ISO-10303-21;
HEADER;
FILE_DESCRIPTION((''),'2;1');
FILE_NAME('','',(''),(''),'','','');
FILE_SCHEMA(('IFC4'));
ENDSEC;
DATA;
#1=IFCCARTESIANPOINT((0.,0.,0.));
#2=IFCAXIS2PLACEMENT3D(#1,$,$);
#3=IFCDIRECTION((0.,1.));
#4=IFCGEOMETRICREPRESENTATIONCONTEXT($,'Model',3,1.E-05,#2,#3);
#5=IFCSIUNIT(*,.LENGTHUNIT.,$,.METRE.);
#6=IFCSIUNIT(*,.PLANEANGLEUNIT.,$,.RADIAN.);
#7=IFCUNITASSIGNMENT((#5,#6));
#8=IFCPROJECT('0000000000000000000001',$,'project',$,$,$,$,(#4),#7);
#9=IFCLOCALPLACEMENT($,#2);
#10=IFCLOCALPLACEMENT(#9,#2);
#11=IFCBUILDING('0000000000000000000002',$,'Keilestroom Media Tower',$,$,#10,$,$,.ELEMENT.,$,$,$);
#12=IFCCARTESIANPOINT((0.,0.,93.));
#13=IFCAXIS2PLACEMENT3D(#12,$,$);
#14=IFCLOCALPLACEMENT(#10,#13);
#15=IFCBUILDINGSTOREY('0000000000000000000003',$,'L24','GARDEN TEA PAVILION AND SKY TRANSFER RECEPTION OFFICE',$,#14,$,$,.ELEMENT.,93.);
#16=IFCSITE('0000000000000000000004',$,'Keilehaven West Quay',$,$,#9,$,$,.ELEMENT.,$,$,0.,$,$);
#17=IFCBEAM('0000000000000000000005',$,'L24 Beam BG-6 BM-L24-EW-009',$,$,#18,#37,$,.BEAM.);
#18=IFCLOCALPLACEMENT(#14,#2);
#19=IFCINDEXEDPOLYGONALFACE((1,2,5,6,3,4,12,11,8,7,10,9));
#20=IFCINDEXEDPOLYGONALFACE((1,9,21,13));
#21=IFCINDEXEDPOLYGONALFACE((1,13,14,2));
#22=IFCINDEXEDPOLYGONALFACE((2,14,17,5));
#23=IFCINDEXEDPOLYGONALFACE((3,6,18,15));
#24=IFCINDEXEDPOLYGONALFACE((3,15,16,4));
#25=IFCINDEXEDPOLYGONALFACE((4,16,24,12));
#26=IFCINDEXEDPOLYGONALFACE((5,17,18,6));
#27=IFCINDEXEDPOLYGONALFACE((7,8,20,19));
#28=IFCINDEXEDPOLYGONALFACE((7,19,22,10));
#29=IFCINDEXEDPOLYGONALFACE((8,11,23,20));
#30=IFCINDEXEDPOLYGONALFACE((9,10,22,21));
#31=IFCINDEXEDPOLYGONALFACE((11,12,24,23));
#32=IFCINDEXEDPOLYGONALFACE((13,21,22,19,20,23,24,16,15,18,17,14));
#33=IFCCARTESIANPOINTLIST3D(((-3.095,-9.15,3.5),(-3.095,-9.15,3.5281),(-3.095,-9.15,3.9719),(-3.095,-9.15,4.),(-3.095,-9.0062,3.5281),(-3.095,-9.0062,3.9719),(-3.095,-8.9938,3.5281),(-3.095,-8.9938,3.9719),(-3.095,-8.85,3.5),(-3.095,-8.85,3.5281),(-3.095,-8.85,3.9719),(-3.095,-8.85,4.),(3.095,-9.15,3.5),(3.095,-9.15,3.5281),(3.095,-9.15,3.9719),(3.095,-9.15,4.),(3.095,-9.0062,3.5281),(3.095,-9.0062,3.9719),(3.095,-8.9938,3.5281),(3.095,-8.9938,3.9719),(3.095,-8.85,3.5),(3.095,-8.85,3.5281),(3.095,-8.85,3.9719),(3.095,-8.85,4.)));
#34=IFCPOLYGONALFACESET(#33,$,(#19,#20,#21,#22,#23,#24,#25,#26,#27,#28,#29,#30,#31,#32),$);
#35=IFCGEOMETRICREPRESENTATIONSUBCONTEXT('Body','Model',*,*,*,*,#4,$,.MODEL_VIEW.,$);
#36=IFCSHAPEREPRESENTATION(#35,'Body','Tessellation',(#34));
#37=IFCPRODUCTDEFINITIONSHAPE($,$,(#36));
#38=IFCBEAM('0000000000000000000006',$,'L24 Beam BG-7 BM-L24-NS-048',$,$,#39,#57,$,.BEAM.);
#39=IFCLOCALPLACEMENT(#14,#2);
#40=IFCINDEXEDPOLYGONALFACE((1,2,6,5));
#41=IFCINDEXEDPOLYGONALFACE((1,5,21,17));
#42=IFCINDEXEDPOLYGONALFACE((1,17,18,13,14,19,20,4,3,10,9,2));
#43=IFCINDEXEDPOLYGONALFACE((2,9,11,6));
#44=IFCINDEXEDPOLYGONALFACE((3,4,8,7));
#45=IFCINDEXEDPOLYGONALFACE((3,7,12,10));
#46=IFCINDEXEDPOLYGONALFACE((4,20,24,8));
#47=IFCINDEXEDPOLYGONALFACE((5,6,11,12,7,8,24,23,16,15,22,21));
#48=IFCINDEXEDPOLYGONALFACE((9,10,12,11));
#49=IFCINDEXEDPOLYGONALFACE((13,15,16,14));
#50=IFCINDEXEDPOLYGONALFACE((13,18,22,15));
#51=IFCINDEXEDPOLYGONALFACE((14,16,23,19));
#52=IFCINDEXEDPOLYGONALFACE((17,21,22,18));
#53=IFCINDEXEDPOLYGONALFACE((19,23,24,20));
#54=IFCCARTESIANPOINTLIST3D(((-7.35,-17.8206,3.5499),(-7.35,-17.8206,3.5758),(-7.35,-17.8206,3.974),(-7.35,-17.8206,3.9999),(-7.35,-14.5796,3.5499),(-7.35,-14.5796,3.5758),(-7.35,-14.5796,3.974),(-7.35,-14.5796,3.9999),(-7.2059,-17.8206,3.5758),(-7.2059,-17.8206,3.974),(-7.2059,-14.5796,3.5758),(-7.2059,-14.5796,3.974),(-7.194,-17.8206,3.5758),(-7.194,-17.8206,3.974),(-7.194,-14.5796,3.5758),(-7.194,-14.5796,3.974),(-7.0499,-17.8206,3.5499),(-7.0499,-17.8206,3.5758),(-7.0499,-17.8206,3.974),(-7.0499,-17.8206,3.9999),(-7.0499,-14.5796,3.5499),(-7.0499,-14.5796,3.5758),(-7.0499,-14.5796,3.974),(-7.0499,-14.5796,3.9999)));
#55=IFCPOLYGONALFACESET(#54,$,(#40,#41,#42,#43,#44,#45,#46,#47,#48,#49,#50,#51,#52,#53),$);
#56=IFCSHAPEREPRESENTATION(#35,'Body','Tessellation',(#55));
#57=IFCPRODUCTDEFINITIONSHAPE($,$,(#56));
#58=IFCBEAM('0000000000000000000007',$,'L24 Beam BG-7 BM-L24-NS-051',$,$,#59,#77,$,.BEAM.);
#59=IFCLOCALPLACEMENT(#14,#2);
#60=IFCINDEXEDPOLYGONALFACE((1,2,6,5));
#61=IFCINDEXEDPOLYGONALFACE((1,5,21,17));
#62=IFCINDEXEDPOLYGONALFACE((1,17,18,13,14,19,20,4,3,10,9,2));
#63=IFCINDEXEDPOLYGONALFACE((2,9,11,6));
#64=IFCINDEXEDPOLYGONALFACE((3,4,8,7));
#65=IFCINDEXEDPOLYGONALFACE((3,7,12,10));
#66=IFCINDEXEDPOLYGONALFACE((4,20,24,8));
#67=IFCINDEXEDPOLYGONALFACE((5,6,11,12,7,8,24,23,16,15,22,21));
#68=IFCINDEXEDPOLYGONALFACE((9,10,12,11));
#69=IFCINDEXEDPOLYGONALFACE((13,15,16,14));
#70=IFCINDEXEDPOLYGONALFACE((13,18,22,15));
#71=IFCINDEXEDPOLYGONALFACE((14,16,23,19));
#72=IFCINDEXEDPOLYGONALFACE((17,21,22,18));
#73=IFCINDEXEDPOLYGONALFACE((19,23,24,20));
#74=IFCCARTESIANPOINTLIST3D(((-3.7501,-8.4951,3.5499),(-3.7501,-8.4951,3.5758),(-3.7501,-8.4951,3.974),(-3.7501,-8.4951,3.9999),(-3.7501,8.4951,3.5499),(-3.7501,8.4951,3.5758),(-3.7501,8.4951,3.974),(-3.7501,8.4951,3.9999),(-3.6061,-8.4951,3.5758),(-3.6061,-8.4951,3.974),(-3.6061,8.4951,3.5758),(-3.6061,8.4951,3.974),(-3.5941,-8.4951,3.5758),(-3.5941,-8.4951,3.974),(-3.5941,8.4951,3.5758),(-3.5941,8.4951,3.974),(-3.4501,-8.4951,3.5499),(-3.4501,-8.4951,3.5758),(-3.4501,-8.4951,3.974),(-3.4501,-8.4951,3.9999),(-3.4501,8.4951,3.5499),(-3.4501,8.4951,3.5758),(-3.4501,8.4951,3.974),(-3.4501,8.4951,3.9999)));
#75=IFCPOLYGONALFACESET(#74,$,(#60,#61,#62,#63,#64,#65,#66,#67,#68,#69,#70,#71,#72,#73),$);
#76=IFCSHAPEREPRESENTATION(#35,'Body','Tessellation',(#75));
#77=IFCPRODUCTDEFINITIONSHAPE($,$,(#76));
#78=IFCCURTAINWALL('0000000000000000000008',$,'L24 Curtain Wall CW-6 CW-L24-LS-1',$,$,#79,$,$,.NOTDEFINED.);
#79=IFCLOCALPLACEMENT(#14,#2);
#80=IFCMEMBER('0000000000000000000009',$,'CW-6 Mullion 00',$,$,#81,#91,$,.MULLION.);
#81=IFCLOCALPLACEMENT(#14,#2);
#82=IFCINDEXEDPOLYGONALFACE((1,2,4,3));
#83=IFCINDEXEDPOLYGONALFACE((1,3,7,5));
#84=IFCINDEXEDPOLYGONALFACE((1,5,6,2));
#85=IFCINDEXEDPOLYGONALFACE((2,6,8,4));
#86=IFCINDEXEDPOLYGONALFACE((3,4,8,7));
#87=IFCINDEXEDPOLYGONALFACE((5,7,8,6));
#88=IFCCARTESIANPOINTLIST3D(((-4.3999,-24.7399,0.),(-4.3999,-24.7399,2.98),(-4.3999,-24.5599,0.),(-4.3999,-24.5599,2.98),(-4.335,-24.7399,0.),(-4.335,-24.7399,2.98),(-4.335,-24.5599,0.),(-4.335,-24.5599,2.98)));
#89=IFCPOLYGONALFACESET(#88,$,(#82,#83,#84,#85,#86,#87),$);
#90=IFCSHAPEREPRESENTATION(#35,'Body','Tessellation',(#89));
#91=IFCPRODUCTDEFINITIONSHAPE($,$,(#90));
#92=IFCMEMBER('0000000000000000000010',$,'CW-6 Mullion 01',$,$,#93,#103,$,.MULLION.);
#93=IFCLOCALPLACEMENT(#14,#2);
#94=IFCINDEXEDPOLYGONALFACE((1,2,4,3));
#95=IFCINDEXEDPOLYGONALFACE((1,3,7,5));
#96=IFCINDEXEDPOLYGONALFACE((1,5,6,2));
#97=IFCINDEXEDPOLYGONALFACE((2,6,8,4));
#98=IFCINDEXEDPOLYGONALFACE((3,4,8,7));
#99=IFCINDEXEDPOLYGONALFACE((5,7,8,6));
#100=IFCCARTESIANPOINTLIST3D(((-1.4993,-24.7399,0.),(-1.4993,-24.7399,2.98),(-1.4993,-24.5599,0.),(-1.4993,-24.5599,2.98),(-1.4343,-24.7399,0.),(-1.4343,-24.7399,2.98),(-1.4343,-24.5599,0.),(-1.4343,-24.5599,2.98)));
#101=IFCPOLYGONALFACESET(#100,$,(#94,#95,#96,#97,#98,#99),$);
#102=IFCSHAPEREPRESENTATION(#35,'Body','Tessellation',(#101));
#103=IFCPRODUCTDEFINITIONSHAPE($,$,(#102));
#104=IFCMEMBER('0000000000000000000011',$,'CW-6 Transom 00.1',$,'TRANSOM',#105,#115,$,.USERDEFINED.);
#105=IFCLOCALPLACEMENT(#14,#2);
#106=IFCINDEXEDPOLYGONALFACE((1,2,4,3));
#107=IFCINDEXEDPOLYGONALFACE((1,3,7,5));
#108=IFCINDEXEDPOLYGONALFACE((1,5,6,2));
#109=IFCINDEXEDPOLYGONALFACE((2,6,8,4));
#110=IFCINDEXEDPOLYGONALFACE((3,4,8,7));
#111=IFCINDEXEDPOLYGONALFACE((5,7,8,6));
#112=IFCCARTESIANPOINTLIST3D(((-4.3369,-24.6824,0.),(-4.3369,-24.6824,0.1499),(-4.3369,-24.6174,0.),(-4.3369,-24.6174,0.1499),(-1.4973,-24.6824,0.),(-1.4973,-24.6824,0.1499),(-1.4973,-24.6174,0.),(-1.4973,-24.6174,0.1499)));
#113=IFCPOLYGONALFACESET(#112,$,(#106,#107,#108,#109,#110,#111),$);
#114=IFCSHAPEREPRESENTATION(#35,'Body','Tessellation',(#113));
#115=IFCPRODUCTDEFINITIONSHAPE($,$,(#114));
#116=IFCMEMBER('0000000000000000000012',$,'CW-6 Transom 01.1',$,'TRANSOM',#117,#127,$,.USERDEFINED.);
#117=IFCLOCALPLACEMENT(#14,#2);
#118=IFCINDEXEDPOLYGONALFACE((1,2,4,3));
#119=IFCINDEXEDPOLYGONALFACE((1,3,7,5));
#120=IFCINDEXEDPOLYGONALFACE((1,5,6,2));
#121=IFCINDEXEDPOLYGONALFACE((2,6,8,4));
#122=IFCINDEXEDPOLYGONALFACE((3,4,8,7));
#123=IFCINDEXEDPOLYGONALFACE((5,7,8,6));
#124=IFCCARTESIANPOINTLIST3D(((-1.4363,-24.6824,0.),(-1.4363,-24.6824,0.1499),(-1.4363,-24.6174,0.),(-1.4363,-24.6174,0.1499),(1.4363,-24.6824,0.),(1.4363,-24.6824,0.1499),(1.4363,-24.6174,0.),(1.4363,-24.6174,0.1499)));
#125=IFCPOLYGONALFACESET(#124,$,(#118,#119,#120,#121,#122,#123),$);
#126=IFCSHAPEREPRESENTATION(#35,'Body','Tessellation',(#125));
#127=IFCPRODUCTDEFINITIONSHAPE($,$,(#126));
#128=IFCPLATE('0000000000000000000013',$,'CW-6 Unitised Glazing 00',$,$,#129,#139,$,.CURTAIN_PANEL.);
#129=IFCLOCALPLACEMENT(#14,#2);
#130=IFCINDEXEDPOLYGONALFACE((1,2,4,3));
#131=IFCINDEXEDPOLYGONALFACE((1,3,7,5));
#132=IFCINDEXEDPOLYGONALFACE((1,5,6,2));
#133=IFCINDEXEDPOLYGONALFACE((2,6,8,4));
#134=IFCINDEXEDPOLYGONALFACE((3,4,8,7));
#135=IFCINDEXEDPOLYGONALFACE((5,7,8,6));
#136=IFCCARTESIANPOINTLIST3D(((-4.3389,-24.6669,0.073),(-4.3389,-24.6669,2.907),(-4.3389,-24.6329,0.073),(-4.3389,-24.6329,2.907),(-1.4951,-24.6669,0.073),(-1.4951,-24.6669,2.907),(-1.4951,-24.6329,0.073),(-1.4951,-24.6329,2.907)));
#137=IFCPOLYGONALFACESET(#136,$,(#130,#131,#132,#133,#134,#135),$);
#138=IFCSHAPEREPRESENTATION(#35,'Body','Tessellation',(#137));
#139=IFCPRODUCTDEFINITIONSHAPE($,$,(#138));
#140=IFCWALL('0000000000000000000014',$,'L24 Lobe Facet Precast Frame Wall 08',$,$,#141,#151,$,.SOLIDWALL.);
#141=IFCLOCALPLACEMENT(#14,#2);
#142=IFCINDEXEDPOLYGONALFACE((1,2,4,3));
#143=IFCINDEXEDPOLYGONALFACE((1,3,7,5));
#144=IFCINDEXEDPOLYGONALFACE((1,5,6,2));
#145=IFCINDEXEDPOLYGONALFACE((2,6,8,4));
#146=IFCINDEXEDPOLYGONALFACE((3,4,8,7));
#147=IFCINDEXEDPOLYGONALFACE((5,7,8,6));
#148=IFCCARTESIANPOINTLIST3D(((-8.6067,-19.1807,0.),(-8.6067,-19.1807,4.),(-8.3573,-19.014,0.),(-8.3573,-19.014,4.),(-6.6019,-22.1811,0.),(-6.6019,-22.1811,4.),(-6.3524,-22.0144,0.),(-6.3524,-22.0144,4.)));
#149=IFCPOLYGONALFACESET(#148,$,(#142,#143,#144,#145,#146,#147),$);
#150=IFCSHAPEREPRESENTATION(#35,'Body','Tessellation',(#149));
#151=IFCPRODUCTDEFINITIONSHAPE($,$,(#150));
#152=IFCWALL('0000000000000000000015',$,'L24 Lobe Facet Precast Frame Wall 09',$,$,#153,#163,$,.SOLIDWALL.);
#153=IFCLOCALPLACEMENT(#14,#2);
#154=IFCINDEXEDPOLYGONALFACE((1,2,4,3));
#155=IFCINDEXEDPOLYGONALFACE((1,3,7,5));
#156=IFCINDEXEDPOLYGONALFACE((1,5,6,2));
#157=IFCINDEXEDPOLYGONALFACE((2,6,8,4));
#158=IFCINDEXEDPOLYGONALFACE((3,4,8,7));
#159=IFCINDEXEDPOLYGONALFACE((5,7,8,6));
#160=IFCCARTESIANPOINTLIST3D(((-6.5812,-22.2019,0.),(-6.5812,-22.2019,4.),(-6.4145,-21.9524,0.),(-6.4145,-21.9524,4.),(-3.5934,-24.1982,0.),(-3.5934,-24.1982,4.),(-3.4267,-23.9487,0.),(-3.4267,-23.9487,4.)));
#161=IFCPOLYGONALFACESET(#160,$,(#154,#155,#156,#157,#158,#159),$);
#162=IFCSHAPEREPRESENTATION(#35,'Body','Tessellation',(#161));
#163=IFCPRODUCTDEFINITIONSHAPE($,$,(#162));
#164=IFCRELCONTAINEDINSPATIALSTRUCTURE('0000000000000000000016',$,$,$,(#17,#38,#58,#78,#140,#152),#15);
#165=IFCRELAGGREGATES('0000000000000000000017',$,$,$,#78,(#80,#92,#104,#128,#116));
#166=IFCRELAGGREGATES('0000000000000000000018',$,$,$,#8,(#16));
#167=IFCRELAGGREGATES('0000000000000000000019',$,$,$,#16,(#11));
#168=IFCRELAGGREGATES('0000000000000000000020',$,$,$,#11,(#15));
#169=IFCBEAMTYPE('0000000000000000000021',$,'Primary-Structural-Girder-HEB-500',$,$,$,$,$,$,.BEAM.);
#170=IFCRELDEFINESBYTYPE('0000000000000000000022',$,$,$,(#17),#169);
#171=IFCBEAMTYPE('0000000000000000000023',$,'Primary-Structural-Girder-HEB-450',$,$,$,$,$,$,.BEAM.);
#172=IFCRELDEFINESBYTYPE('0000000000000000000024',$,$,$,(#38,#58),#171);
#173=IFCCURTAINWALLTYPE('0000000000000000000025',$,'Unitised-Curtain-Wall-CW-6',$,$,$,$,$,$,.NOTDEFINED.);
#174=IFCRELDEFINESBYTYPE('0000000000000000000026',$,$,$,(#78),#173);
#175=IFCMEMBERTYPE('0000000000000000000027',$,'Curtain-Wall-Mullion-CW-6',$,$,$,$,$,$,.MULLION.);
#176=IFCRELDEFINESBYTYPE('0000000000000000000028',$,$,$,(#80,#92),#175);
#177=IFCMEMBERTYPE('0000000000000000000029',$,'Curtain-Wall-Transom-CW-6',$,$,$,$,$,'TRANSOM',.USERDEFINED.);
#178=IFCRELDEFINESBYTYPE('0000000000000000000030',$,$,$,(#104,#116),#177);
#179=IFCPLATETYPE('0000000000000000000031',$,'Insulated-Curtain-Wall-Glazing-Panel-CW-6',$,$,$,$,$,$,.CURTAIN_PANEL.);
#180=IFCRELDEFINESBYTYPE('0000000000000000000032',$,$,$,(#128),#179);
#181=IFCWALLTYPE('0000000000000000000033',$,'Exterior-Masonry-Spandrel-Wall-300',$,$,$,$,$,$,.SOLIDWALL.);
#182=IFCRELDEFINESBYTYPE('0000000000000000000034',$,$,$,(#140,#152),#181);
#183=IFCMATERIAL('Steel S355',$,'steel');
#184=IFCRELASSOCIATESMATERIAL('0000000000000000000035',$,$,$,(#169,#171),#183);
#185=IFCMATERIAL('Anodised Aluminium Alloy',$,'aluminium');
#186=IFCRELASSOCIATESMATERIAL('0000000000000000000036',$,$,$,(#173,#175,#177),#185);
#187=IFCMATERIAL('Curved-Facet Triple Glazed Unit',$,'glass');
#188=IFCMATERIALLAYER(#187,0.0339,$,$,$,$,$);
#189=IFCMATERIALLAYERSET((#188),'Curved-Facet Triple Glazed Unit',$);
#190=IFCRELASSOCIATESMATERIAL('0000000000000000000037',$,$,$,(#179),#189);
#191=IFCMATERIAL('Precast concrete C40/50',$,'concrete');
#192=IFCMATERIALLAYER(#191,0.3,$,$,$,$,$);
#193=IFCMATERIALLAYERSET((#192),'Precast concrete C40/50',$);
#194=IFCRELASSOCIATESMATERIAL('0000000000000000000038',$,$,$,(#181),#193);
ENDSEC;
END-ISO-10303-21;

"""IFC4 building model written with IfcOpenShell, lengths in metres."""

from ifc_helpers import new_model, si_unit, direction, frame, frame_2d, origin, origin_2d, place, context, subcontext, project, spatial, rectangle, i_section, extrude, source, transform, mapped, material, layer, layer_set, material_profile, profile_set, type_object, element, aggregate, save


model = new_model("IFC4")

# Units and contexts
model_context = context("Model", 3, precision=1e-05, world=origin(), true_north=direction((0.0, 1.0)))
body_context = subcontext(model_context, "Body", "Model", "MODEL_VIEW")
ifc_project = project(units=[si_unit("LENGTHUNIT", "METRE"), si_unit("PLANEANGLEUNIT", "RADIAN")], contexts=[model_context])

# Site, building, storey
site_placement = place(None, origin())
site = spatial("IfcSite", under=ifc_project, at=site_placement, Name="Keilehaven West Quay", CompositionType="ELEMENT", RefElevation=0.0)
building_placement = place(site_placement, origin())
building = spatial("IfcBuilding", under=site, at=building_placement, Name="Keilestroom Media Tower", CompositionType="ELEMENT")
storey_placement = place(building_placement, frame((0.0, 0.0, 93.0)))
storey = spatial("IfcBuildingStorey", under=building, at=storey_placement, Name="L24", Description="GARDEN TEA PAVILION AND SKY TRANSFER RECEPTION OFFICE", CompositionType="ELEMENT", Elevation=93.0)

# Shared definitions
ifc_material_1 = material(Name="Steel S355", Category="steel")

# Beams
ifc_material_profile_1 = material_profile(ifc_material_1, i_section(OverallWidth=0.3, OverallDepth=0.5, WebThickness=0.0125, FlangeThickness=0.0281, at=origin_2d()), Name="HEB 500")
ifc_profile_set_1 = profile_set([ifc_material_profile_1], Name="Steel S355")
beam_type_1 = type_object("IfcBeamType", Name="Primary-Structural-Girder-HEB-500", PredefinedType="BEAM", material=ifc_profile_set_1)
shared_shape_1 = source(origin(), body_context, "Body", "SweptSolid", [
    extrude(i_section(OverallWidth=0.3, OverallDepth=0.5, WebThickness=0.0125, FlangeThickness=0.0281, at=origin_2d()), origin(), (0.0, 0.0, 1.0), 6.1899),
])
beam_1_placement = place(storey_placement, frame((-3.095, -9.0, 3.75), z_axis=(1.0, 0.0, 0.0), x_axis=(0.0, 1.0, 0.0)))
element("IfcBeam", 1, at=beam_1_placement, inside=storey, type_object=beam_type_1, Name="L24 Beam BG-6 BM-L24-EW-009", PredefinedType="BEAM", context=body_context, shape_type="MappedRepresentation", body=[
    mapped(shared_shape_1, transform((0.0, 0.0, 0.0), x_axis=(1.0, 0.0, 0.0), y_axis=(0.0, 1.0, 0.0), z_axis=(0.0, 0.0, 1.0), scale=1.0)),
])
ifc_material_profile_2 = material_profile(ifc_material_1, i_section(OverallWidth=0.3, OverallDepth=0.45, WebThickness=0.012, FlangeThickness=0.0259, at=origin_2d()), Name="HEB 450")
ifc_profile_set_2 = profile_set([ifc_material_profile_2], Name="Steel S355")
beam_type_2 = type_object("IfcBeamType", Name="Primary-Structural-Girder-HEB-450", PredefinedType="BEAM", material=ifc_profile_set_2)
shared_shape_2 = source(origin(), body_context, "Body", "SweptSolid", [
    extrude(i_section(OverallWidth=0.3, OverallDepth=0.45, WebThickness=0.012, FlangeThickness=0.0259, at=origin_2d()), origin(), (0.0, 0.0, 1.0), 3.241),
])
beam_2_placement = place(storey_placement, frame((-7.2, -17.8206, 3.7749), z_axis=(0.0, 1.0, 0.0), x_axis=(-1.0, 0.0, 0.0)))
element("IfcBeam", 2, at=beam_2_placement, inside=storey, type_object=beam_type_2, Name="L24 Beam BG-7 BM-L24-NS-048", PredefinedType="BEAM", context=body_context, shape_type="MappedRepresentation", body=[
    mapped(shared_shape_2, transform((0.0, 0.0, 0.0), x_axis=(1.0, 0.0, 0.0), y_axis=(0.0, 1.0, 0.0), z_axis=(0.0, 0.0, 1.0), scale=1.0)),
])
shared_shape_3 = source(origin(), body_context, "Body", "SweptSolid", [
    extrude(i_section(OverallWidth=0.3, OverallDepth=0.45, WebThickness=0.012, FlangeThickness=0.0259, at=origin_2d()), origin(), (0.0, 0.0, 1.0), 16.9902),
])
beam_3_placement = place(storey_placement, frame((-3.6001, -8.4951, 3.7749), z_axis=(0.0, 1.0, 0.0), x_axis=(-1.0, 0.0, 0.0)))
element("IfcBeam", 3, at=beam_3_placement, inside=storey, type_object=beam_type_2, Name="L24 Beam BG-7 BM-L24-NS-051", PredefinedType="BEAM", context=body_context, shape_type="MappedRepresentation", body=[
    mapped(shared_shape_3, transform((0.0, 0.0, 0.0), x_axis=(1.0, 0.0, 0.0), y_axis=(0.0, 1.0, 0.0), z_axis=(0.0, 0.0, 1.0), scale=1.0)),
])

# Curtain wall, members, plate
ifc_material_2 = material(Name="Anodised Aluminium Alloy", Category="aluminium")
curtain_wall_type = type_object("IfcCurtainWallType", Name="Unitised-Curtain-Wall-CW-6", PredefinedType="NOTDEFINED", material=ifc_material_2)
curtain_wall_placement = place(storey_placement, origin())
curtain_wall = element("IfcCurtainWall", 4, at=curtain_wall_placement, inside=storey, type_object=curtain_wall_type, Name="L24 Curtain Wall CW-6 CW-L24-LS-1", PredefinedType="NOTDEFINED")
ifc_material_profile_3 = material_profile(ifc_material_2, rectangle(XDim=0.0649, YDim=0.1799, at=origin_2d()), Name="ALU MULLION 65x180")
ifc_profile_set_3 = profile_set([ifc_material_profile_3], Name="Anodised Aluminium Alloy")
member_type_1 = type_object("IfcMemberType", Name="Curtain-Wall-Mullion-CW-6", PredefinedType="MULLION", material=ifc_profile_set_3)
shared_shape_4 = source(origin(), body_context, "Body", "SweptSolid", [
    extrude(rectangle(XDim=0.0649, YDim=0.1799, at=origin_2d()), origin(), (0.0, 0.0, 1.0), 2.98),
])
member_1_placement = place(storey_placement, frame((-4.3674, -24.6499, 0.0), z_axis=(0.0, 0.0, 1.0), x_axis=(1.0, 0.0, 0.0)))
member_1 = element("IfcMember", 5, at=member_1_placement, type_object=member_type_1, Name="CW-6 Mullion 00", PredefinedType="MULLION", context=body_context, shape_type="MappedRepresentation", body=[
    mapped(shared_shape_4, transform((0.0, 0.0, 0.0), x_axis=(1.0, 0.0, 0.0), y_axis=(0.0, 1.0, 0.0), z_axis=(0.0, 0.0, 1.0), scale=1.0)),
])
member_2_placement = place(storey_placement, frame((-1.4668, -24.6499, 0.0), z_axis=(0.0, 0.0, 1.0), x_axis=(1.0, 0.0, 0.0)))
member_2 = element("IfcMember", 6, at=member_2_placement, type_object=member_type_1, Name="CW-6 Mullion 01", PredefinedType="MULLION", context=body_context, shape_type="MappedRepresentation", body=[
    mapped(shared_shape_4, transform((0.0, 0.0, 0.0), x_axis=(1.0, 0.0, 0.0), y_axis=(0.0, 1.0, 0.0), z_axis=(0.0, 0.0, 1.0), scale=1.0)),
])
ifc_material_profile_4 = material_profile(ifc_material_2, rectangle(XDim=0.0649, YDim=0.1499, at=origin_2d()), Name="ALU TRANSOM 65x150")
ifc_profile_set_4 = profile_set([ifc_material_profile_4], Name="Anodised Aluminium Alloy")
member_type_2 = type_object("IfcMemberType", Name="Curtain-Wall-Transom-CW-6", ElementType="TRANSOM", PredefinedType="USERDEFINED", material=ifc_profile_set_4)
shared_shape_5 = source(origin(), body_context, "Body", "SweptSolid", [
    extrude(rectangle(XDim=0.0649, YDim=0.1499, at=origin_2d()), origin(), (0.0, 0.0, 1.0), 2.8396),
])
member_3_placement = place(storey_placement, frame((-4.3369, -24.6499, 0.075), z_axis=(1.0, 0.0, 0.0), x_axis=(0.0, 1.0, 0.0)))
member_3 = element("IfcMember", 7, at=member_3_placement, type_object=member_type_2, Name="CW-6 Transom 00.1", ObjectType="TRANSOM", PredefinedType="USERDEFINED", context=body_context, shape_type="MappedRepresentation", body=[
    mapped(shared_shape_5, transform((0.0, 0.0, 0.0), x_axis=(1.0, 0.0, 0.0), y_axis=(0.0, 1.0, 0.0), z_axis=(0.0, 0.0, 1.0), scale=1.0)),
])
shared_shape_6 = source(origin(), body_context, "Body", "SweptSolid", [
    extrude(rectangle(XDim=0.0649, YDim=0.1499, at=origin_2d()), origin(), (0.0, 0.0, 1.0), 2.8726),
])
member_4_placement = place(storey_placement, frame((-1.4363, -24.6499, 0.075), z_axis=(1.0, 0.0, 0.0), x_axis=(0.0, 1.0, 0.0)))
member_4 = element("IfcMember", 8, at=member_4_placement, type_object=member_type_2, Name="CW-6 Transom 01.1", ObjectType="TRANSOM", PredefinedType="USERDEFINED", context=body_context, shape_type="MappedRepresentation", body=[
    mapped(shared_shape_6, transform((0.0, 0.0, 0.0), x_axis=(1.0, 0.0, 0.0), y_axis=(0.0, 1.0, 0.0), z_axis=(0.0, 0.0, 1.0), scale=1.0)),
])
ifc_material_3 = material(Name="Curved-Facet Triple Glazed Unit", Category="glass")
ifc_layer_1 = layer(ifc_material_3, 0.0339)
ifc_layer_set_1 = layer_set([ifc_layer_1], Name="Curved-Facet Triple Glazed Unit")
plate_type = type_object("IfcPlateType", Name="Insulated-Curtain-Wall-Glazing-Panel-CW-6", PredefinedType="CURTAIN_PANEL", material=ifc_layer_set_1)
shared_shape_7 = source(origin(), body_context, "Body", "SweptSolid", [
    extrude(rectangle(XDim=2.8438, YDim=0.0339, at=origin_2d()), origin(), (0.0, 0.0, 1.0), 2.834),
])
plate_placement = place(storey_placement, frame((-2.917, -24.6499, 0.073), z_axis=(0.0, 0.0, 1.0), x_axis=(1.0, 0.0, 0.0)))
plate = element("IfcPlate", 9, at=plate_placement, type_object=plate_type, Name="CW-6 Unitised Glazing 00", PredefinedType="CURTAIN_PANEL", context=body_context, shape_type="MappedRepresentation", body=[
    mapped(shared_shape_7, transform((0.0, 0.0, 0.0), x_axis=(1.0, 0.0, 0.0), y_axis=(0.0, 1.0, 0.0), z_axis=(0.0, 0.0, 1.0), scale=1.0)),
])
aggregate(curtain_wall, [member_1, member_2, member_3, plate, member_4])

# Walls
ifc_material_4 = material(Name="Precast concrete C40/50", Category="concrete")
ifc_layer_2 = layer(ifc_material_4, 0.3)
ifc_layer_set_2 = layer_set([ifc_layer_2], Name="Precast concrete C40/50")
wall_type_1 = type_object("IfcWallType", Name="Exterior-Masonry-Spandrel-Wall-300", PredefinedType="SOLIDWALL", material=ifc_layer_set_2)
wall_1_placement = place(storey_placement, frame((-8.4819, -19.0974, 0.0), z_axis=(0.0, 0.0, 1.0), x_axis=(0.555574, -0.831467, 0.0)))
element("IfcWall", 10, at=wall_1_placement, inside=storey, type_object=wall_type_1, Name="L24 Lobe Facet Precast Frame Wall 08", PredefinedType="SOLIDWALL", context=body_context, shape_type="SweptSolid", body=[
    extrude(rectangle(XDim=3.6086, YDim=0.3, at=frame_2d((1.8042, 0.0))), origin(), (0.0, 0.0, 1.0), 4.0),
])
wall_2_placement = place(storey_placement, frame((-6.4978, -22.0771, 0.0), z_axis=(0.0, 0.0, 1.0), x_axis=(0.831475, -0.555562, 0.0)))
element("IfcWall", 11, at=wall_2_placement, inside=storey, type_object=wall_type_1, Name="L24 Lobe Facet Precast Frame Wall 09", PredefinedType="SOLIDWALL", context=body_context, shape_type="SweptSolid", body=[
    extrude(rectangle(XDim=3.5933, YDim=0.3, at=frame_2d((1.7966, 0.0))), origin(), (0.0, 0.0, 1.0), 4.0),
])

save(model, "model.ifc")
